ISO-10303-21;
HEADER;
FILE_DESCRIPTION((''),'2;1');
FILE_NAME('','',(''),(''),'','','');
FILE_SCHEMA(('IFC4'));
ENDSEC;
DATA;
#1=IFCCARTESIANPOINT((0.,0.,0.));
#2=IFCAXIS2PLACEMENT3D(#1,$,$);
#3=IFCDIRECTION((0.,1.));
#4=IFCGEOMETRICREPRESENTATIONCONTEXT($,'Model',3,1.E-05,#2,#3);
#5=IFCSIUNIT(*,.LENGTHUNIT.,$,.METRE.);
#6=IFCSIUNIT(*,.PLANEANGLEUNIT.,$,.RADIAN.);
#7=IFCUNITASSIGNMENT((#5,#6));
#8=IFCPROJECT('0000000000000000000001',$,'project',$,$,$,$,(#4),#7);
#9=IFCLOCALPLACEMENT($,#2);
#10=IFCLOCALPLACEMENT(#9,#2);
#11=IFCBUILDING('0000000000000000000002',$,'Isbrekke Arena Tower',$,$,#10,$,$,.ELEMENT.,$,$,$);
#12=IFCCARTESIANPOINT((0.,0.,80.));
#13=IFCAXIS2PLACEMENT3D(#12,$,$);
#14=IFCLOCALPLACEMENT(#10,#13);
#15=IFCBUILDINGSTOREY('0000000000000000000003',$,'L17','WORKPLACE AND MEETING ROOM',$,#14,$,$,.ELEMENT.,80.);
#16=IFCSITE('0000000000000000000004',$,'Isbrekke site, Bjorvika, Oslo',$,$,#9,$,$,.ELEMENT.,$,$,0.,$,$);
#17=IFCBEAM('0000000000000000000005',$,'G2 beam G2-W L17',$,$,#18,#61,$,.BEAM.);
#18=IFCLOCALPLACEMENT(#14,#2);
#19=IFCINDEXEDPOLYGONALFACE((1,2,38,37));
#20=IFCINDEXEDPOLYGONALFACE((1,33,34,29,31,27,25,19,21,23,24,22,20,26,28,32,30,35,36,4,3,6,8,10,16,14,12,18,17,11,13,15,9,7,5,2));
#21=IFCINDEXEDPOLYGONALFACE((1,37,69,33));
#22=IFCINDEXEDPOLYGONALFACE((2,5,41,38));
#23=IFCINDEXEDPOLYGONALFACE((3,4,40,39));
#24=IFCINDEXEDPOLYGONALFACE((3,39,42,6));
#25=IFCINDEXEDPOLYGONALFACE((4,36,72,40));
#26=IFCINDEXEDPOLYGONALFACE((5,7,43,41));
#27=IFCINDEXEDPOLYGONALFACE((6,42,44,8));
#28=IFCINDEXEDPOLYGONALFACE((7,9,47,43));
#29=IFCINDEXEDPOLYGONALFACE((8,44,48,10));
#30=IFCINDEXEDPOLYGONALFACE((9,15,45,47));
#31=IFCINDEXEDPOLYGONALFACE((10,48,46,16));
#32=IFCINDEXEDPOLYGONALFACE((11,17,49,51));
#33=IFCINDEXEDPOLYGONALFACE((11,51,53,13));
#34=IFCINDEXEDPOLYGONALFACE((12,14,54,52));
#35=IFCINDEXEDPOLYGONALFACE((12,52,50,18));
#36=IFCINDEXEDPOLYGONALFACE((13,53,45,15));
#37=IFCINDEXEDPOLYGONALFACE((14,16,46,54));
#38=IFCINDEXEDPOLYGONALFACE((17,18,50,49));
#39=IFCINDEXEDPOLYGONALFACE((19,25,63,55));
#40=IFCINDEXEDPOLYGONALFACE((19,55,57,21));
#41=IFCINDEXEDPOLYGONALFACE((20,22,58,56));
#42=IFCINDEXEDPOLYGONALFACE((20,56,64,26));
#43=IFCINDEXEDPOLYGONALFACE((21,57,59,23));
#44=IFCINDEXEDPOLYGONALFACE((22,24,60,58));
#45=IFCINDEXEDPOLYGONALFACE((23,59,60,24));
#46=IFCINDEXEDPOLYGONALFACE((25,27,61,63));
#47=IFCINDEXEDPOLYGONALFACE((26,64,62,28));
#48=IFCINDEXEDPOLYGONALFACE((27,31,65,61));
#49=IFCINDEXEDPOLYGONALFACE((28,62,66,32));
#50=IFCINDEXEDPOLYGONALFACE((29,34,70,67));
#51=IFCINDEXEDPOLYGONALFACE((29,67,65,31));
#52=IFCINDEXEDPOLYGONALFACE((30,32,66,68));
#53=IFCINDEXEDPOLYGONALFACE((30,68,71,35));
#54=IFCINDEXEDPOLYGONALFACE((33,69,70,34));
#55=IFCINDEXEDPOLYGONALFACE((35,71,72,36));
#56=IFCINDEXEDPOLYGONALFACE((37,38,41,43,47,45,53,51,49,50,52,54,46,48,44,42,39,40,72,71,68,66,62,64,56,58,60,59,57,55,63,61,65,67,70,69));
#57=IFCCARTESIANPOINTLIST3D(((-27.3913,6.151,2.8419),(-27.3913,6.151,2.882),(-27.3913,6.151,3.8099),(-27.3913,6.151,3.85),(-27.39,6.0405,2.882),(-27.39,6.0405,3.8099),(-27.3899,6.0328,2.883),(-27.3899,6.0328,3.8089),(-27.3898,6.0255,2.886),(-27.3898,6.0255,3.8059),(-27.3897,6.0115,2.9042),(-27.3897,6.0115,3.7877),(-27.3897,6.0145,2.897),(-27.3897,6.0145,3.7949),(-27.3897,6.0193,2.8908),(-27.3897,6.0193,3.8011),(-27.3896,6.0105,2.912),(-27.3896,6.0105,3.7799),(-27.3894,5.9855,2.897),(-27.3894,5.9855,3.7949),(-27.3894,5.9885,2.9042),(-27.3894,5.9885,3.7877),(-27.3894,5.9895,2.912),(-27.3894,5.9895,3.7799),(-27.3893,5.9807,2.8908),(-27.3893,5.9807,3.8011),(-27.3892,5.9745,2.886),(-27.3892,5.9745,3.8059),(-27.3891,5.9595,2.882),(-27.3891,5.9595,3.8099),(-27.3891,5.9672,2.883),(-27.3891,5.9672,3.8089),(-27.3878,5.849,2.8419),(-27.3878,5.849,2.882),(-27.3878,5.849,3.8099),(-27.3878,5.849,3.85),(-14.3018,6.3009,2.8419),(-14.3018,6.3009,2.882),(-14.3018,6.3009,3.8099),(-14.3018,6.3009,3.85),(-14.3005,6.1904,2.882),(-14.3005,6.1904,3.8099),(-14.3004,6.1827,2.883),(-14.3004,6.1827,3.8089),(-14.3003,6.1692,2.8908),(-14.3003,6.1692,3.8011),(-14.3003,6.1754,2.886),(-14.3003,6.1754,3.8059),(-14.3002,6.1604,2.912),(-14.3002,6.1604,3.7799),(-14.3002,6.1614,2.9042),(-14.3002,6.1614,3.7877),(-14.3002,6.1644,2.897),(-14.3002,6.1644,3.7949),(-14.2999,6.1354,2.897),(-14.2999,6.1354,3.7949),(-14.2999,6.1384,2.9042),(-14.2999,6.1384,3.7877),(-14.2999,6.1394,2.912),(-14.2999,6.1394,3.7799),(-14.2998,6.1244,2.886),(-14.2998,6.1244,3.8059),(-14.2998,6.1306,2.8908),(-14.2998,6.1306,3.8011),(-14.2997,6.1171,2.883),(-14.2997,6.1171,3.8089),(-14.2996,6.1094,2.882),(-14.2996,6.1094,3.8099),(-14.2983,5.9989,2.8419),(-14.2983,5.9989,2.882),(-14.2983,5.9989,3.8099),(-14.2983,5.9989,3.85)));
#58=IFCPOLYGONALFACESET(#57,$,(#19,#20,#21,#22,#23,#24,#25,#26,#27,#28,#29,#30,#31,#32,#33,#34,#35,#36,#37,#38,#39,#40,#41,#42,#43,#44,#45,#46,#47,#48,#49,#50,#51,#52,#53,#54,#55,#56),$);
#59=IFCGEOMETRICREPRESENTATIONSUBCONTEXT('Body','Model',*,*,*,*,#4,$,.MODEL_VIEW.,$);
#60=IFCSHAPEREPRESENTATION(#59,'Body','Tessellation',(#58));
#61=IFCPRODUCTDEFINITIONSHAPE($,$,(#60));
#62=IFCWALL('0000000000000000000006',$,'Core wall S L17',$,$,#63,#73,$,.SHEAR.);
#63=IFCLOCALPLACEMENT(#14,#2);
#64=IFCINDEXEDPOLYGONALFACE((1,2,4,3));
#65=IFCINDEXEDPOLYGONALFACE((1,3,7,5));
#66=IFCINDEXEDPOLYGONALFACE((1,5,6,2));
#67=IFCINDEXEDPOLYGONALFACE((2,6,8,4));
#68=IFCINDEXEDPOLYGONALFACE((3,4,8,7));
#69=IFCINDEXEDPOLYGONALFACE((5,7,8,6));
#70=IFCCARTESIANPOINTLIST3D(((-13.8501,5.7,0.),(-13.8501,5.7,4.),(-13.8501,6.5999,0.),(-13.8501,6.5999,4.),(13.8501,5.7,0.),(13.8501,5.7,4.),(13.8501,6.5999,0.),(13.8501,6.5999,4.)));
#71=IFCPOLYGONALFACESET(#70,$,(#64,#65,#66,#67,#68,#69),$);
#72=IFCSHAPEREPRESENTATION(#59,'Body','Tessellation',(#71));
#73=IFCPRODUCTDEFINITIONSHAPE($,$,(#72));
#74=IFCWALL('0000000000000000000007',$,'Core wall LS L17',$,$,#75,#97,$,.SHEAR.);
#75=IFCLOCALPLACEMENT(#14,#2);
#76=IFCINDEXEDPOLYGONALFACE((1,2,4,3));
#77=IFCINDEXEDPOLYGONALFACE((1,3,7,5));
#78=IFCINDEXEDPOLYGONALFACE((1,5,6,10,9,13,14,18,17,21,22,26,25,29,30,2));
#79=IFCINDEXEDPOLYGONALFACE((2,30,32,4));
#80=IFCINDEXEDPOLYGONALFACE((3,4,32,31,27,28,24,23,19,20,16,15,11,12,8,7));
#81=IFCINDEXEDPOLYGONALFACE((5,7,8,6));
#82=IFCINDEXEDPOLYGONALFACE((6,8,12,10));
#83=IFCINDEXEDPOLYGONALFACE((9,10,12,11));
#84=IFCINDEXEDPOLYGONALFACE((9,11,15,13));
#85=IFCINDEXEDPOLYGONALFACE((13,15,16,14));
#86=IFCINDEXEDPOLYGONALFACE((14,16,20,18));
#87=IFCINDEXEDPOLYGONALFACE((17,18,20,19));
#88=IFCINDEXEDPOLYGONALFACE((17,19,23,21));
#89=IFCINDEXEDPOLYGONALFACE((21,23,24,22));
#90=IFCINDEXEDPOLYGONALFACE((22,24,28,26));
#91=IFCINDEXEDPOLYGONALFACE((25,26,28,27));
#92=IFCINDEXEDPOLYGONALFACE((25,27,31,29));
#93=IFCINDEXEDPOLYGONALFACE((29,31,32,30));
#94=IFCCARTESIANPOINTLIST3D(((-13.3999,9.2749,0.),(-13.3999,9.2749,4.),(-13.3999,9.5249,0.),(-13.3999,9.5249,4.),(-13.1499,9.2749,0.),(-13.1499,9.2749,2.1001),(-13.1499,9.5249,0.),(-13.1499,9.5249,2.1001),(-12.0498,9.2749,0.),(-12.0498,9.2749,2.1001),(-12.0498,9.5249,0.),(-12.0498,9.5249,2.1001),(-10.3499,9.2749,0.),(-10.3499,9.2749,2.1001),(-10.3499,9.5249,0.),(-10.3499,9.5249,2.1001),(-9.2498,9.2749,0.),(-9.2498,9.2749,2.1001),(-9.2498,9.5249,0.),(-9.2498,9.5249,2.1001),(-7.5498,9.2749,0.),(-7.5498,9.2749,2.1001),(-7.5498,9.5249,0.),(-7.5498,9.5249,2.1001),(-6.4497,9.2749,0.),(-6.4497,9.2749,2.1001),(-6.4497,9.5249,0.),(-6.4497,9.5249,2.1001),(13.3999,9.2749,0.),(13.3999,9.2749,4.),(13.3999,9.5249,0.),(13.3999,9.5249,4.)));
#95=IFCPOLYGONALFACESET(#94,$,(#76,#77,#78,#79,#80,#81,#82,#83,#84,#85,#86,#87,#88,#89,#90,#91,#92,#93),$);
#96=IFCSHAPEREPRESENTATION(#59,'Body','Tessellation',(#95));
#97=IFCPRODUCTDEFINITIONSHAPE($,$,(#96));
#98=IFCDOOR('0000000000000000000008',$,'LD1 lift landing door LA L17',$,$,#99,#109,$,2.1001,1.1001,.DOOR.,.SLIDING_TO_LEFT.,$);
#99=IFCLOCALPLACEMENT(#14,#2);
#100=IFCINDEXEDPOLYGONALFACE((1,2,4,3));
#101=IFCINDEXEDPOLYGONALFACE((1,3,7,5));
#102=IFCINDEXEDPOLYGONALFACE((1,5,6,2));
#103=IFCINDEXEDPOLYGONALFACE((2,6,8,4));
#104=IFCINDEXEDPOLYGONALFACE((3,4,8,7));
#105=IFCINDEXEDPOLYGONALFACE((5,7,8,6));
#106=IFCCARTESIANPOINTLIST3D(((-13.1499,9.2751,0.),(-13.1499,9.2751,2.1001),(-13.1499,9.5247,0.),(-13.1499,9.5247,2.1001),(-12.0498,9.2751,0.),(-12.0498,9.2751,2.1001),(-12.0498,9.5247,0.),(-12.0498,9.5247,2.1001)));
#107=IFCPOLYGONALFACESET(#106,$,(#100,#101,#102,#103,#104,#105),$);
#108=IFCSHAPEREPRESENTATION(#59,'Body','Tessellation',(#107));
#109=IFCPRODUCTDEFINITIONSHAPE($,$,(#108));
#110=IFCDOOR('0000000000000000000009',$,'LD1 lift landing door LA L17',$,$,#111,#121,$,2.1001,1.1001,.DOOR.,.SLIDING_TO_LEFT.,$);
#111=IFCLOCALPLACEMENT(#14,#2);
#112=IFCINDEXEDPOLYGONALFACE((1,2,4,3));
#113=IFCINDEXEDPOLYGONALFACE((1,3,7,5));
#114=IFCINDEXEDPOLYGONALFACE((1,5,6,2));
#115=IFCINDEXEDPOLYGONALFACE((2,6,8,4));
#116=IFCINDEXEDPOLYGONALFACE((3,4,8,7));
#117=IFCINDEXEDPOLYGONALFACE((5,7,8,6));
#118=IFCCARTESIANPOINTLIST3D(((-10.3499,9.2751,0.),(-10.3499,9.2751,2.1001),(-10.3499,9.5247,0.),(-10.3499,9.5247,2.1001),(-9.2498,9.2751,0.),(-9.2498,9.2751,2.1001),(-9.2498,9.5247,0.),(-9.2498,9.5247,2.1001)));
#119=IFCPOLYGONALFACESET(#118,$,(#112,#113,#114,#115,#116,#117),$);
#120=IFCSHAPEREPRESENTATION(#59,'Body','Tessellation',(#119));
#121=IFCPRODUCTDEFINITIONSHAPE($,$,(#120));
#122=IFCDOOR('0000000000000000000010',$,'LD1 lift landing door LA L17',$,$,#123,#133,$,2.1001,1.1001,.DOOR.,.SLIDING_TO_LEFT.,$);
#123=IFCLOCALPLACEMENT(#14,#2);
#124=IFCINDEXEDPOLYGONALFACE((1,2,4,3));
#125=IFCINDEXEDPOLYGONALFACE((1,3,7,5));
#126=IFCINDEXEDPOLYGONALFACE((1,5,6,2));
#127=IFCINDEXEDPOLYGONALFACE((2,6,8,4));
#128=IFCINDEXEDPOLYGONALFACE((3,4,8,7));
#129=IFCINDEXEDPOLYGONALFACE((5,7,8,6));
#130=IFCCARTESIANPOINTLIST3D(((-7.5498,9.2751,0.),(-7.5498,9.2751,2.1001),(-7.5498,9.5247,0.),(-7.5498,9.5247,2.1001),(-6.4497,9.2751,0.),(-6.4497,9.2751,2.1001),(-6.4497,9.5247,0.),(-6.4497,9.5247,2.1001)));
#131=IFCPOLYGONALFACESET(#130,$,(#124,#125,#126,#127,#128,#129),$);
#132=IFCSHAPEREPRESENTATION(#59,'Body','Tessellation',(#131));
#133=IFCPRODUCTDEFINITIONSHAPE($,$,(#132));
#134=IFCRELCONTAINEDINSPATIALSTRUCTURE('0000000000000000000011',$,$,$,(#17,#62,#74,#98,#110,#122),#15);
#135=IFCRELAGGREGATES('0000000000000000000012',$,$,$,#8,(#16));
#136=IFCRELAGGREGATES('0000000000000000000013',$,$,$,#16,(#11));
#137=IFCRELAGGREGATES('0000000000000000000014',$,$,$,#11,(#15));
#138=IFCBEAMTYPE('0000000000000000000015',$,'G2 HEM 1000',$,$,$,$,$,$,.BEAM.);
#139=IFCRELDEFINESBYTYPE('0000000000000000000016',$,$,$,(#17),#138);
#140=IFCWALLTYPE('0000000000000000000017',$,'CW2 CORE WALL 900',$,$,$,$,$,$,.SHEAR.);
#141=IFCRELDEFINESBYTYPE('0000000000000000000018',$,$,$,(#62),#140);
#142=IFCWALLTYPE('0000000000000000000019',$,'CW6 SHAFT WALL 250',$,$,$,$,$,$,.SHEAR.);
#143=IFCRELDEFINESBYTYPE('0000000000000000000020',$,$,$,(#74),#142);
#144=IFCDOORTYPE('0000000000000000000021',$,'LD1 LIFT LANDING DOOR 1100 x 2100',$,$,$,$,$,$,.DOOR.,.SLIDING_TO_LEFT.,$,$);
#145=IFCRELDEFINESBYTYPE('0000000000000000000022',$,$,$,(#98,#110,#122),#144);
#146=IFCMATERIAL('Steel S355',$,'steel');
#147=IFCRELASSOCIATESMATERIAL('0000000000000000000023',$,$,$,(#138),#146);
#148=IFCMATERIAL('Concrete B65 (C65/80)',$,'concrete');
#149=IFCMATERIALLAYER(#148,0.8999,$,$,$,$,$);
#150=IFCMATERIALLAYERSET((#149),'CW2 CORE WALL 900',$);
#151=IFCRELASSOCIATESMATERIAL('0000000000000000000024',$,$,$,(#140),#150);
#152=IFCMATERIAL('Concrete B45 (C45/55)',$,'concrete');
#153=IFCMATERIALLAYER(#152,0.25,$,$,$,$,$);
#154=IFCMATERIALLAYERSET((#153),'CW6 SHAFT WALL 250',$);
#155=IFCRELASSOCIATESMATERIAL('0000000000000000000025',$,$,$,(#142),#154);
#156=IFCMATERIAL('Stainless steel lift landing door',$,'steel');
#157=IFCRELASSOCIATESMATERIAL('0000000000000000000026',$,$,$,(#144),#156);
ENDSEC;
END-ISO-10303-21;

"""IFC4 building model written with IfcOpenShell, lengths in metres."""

from ifc_helpers import new_model, si_unit, direction, frame, frame_2d, origin, origin_2d, place, context, subcontext, project, spatial, rectangle, i_section, extrude, material, layer, layer_set, material_profile, profile_set, type_object, element, fill, save


model = new_model("IFC4")

# Units and contexts
model_context = context("Model", 3, precision=1e-05, world=origin(), true_north=direction((0.0, 1.0)))
body_context = subcontext(model_context, "Body", "Model", "MODEL_VIEW")
ifc_project = project(units=[si_unit("LENGTHUNIT", "METRE"), si_unit("PLANEANGLEUNIT", "RADIAN")], contexts=[model_context])

# Site, building, storey
site_placement = place(None, origin())
site = spatial("IfcSite", under=ifc_project, at=site_placement, Name="Isbrekke site, Bjorvika, Oslo", CompositionType="ELEMENT", RefElevation=0.0)
building_placement = place(site_placement, origin())
building = spatial("IfcBuilding", under=site, at=building_placement, Name="Isbrekke Arena Tower", CompositionType="ELEMENT")
storey_placement = place(building_placement, frame((0.0, 0.0, 80.0)))
storey = spatial("IfcBuildingStorey", under=building, at=storey_placement, Name="L17", Description="WORKPLACE AND MEETING ROOM", CompositionType="ELEMENT", Elevation=80.0)

# Beam
ifc_material_1 = material(Name="Steel S355", Category="steel")
ifc_material_profile = material_profile(ifc_material_1, i_section(OverallWidth=0.302, OverallDepth=1.0081, WebThickness=0.021, FlangeThickness=0.04, FilletRadius=0.03, at=origin_2d()), Name="HEM 1000")
ifc_profile_set = profile_set([ifc_material_profile], Name="Steel S355")
beam_type = type_object("IfcBeamType", Name="G2 HEM 1000", PredefinedType="BEAM", material=ifc_profile_set)
beam_placement = place(storey_placement, frame((-14.3, 6.1499, 3.3459), z_axis=(-0.999934, -0.011451, 0.0), x_axis=(0.011451, -0.999934, 0.0)))
element("IfcBeam", 1, at=beam_placement, inside=storey, type_object=beam_type, Name="G2 beam G2-W L17", PredefinedType="BEAM", context=body_context, shape_type="SweptSolid", body=[
    extrude(i_section(OverallWidth=0.302, OverallDepth=1.0081, WebThickness=0.021, FlangeThickness=0.04, FilletRadius=0.03, at=origin_2d()), origin(), (0.0, 0.0, 1.0), 13.0903),
])

# Wall
ifc_material_2 = material(Name="Concrete B65 (C65/80)", Category="concrete")
ifc_layer_1 = layer(ifc_material_2, 0.8999)
ifc_layer_set_1 = layer_set([ifc_layer_1], Name="CW2 CORE WALL 900")
wall_type_1 = type_object("IfcWallType", Name="CW2 CORE WALL 900", PredefinedType="SHEAR", material=ifc_layer_set_1)
wall_1_placement = place(storey_placement, frame((-13.8501, 6.1499, 0.0), z_axis=(0.0, 0.0, 1.0), x_axis=(1.0, 0.0, 0.0)))
element("IfcWall", 2, at=wall_1_placement, inside=storey, type_object=wall_type_1, Name="Core wall S L17", PredefinedType="SHEAR", context=body_context, shape_type="SweptSolid", body=[
    extrude(rectangle(XDim=27.7002, YDim=0.8999, at=frame_2d((13.8501, 0.0))), origin(), (0.0, 0.0, 1.0), 4.0),
])

# Wall, openings, doors
ifc_material_3 = material(Name="Concrete B45 (C45/55)", Category="concrete")
ifc_layer_2 = layer(ifc_material_3, 0.25)
ifc_layer_set_2 = layer_set([ifc_layer_2], Name="CW6 SHAFT WALL 250")
wall_type_2 = type_object("IfcWallType", Name="CW6 SHAFT WALL 250", PredefinedType="SHEAR", material=ifc_layer_set_2)
wall_2_placement = place(storey_placement, frame((-13.3999, 9.3999, 0.0), z_axis=(0.0, 0.0, 1.0), x_axis=(1.0, 0.0, 0.0)))
wall_2 = element("IfcWall", 3, at=wall_2_placement, inside=storey, type_object=wall_type_2, Name="Core wall LS L17", PredefinedType="SHEAR", context=body_context, shape_type="SweptSolid", body=[
    extrude(rectangle(XDim=26.7998, YDim=0.25, at=frame_2d((13.3999, 0.0))), origin(), (0.0, 0.0, 1.0), 4.0),
])
opening_1_placement = place(wall_2_placement, frame((0.25, 0.0, 0.0)))
opening_1 = element("IfcOpeningElement", 4, at=opening_1_placement, cuts=wall_2, PredefinedType="OPENING", context=body_context, shape_type="SweptSolid", body=[
    extrude(rectangle(XDim=1.1001, YDim=2.1001, at=frame_2d((0.55, 1.05))), frame((0.0, 0.1399, 0.0), z_axis=(0.0, -1.0, 0.0), x_axis=(1.0, 0.0, 0.0)), (0.0, 0.0, 1.0), 0.2798),
])
opening_2_placement = place(wall_2_placement, frame((3.05, 0.0, 0.0)))
opening_2 = element("IfcOpeningElement", 5, at=opening_2_placement, cuts=wall_2, PredefinedType="OPENING", context=body_context, shape_type="SweptSolid", body=[
    extrude(rectangle(XDim=1.1001, YDim=2.1001, at=frame_2d((0.55, 1.05))), frame((0.0, 0.1399, 0.0), z_axis=(0.0, -1.0, 0.0), x_axis=(1.0, 0.0, 0.0)), (0.0, 0.0, 1.0), 0.2798),
])
opening_3_placement = place(wall_2_placement, frame((5.8501, 0.0, 0.0)))
opening_3 = element("IfcOpeningElement", 6, at=opening_3_placement, cuts=wall_2, PredefinedType="OPENING", context=body_context, shape_type="SweptSolid", body=[
    extrude(rectangle(XDim=1.1001, YDim=2.1001, at=frame_2d((0.55, 1.05))), frame((0.0, 0.1399, 0.0), z_axis=(0.0, -1.0, 0.0), x_axis=(1.0, 0.0, 0.0)), (0.0, 0.0, 1.0), 0.2798),
])
ifc_material_4 = material(Name="Stainless steel lift landing door", Category="steel")
door_type_1 = type_object("IfcDoorType", Name="LD1 LIFT LANDING DOOR 1100 x 2100", OperationType="SLIDING_TO_LEFT", PredefinedType="DOOR", material=ifc_material_4)
door_1_placement = place(opening_1_placement, origin())
door_1 = element("IfcDoor", 7, at=door_1_placement, inside=storey, type_object=door_type_1, Name="LD1 lift landing door LA L17", OperationType="SLIDING_TO_LEFT", OverallHeight=2.1001, OverallWidth=1.1001, PredefinedType="DOOR", context=body_context, shape_type="SweptSolid", body=[
    extrude(rectangle(XDim=1.1001, YDim=2.1001, at=frame_2d((0.55, 1.05))), frame((0.0, 0.1248, 0.0), z_axis=(0.0, -1.0, 0.0), x_axis=(1.0, 0.0, 0.0)), (0.0, 0.0, 1.0), 0.2495),
])
fill(opening_1, door_1)
door_2_placement = place(opening_2_placement, origin())
door_2 = element("IfcDoor", 8, at=door_2_placement, inside=storey, type_object=door_type_1, Name="LD1 lift landing door LA L17", OperationType="SLIDING_TO_LEFT", OverallHeight=2.1001, OverallWidth=1.1001, PredefinedType="DOOR", context=body_context, shape_type="SweptSolid", body=[
    extrude(rectangle(XDim=1.1001, YDim=2.1001, at=frame_2d((0.55, 1.05))), frame((0.0, 0.1248, 0.0), z_axis=(0.0, -1.0, 0.0), x_axis=(1.0, 0.0, 0.0)), (0.0, 0.0, 1.0), 0.2495),
])
fill(opening_2, door_2)
door_3_placement = place(opening_3_placement, origin())
door_3 = element("IfcDoor", 9, at=door_3_placement, inside=storey, type_object=door_type_1, Name="LD1 lift landing door LA L17", OperationType="SLIDING_TO_LEFT", OverallHeight=2.1001, OverallWidth=1.1001, PredefinedType="DOOR", context=body_context, shape_type="SweptSolid", body=[
    extrude(rectangle(XDim=1.1001, YDim=2.1001, at=frame_2d((0.55, 1.05))), frame((0.0, 0.1248, 0.0), z_axis=(0.0, -1.0, 0.0), x_axis=(1.0, 0.0, 0.0)), (0.0, 0.0, 1.0), 0.2495),
])
fill(opening_3, door_3)

save(model, "model.ifc")
